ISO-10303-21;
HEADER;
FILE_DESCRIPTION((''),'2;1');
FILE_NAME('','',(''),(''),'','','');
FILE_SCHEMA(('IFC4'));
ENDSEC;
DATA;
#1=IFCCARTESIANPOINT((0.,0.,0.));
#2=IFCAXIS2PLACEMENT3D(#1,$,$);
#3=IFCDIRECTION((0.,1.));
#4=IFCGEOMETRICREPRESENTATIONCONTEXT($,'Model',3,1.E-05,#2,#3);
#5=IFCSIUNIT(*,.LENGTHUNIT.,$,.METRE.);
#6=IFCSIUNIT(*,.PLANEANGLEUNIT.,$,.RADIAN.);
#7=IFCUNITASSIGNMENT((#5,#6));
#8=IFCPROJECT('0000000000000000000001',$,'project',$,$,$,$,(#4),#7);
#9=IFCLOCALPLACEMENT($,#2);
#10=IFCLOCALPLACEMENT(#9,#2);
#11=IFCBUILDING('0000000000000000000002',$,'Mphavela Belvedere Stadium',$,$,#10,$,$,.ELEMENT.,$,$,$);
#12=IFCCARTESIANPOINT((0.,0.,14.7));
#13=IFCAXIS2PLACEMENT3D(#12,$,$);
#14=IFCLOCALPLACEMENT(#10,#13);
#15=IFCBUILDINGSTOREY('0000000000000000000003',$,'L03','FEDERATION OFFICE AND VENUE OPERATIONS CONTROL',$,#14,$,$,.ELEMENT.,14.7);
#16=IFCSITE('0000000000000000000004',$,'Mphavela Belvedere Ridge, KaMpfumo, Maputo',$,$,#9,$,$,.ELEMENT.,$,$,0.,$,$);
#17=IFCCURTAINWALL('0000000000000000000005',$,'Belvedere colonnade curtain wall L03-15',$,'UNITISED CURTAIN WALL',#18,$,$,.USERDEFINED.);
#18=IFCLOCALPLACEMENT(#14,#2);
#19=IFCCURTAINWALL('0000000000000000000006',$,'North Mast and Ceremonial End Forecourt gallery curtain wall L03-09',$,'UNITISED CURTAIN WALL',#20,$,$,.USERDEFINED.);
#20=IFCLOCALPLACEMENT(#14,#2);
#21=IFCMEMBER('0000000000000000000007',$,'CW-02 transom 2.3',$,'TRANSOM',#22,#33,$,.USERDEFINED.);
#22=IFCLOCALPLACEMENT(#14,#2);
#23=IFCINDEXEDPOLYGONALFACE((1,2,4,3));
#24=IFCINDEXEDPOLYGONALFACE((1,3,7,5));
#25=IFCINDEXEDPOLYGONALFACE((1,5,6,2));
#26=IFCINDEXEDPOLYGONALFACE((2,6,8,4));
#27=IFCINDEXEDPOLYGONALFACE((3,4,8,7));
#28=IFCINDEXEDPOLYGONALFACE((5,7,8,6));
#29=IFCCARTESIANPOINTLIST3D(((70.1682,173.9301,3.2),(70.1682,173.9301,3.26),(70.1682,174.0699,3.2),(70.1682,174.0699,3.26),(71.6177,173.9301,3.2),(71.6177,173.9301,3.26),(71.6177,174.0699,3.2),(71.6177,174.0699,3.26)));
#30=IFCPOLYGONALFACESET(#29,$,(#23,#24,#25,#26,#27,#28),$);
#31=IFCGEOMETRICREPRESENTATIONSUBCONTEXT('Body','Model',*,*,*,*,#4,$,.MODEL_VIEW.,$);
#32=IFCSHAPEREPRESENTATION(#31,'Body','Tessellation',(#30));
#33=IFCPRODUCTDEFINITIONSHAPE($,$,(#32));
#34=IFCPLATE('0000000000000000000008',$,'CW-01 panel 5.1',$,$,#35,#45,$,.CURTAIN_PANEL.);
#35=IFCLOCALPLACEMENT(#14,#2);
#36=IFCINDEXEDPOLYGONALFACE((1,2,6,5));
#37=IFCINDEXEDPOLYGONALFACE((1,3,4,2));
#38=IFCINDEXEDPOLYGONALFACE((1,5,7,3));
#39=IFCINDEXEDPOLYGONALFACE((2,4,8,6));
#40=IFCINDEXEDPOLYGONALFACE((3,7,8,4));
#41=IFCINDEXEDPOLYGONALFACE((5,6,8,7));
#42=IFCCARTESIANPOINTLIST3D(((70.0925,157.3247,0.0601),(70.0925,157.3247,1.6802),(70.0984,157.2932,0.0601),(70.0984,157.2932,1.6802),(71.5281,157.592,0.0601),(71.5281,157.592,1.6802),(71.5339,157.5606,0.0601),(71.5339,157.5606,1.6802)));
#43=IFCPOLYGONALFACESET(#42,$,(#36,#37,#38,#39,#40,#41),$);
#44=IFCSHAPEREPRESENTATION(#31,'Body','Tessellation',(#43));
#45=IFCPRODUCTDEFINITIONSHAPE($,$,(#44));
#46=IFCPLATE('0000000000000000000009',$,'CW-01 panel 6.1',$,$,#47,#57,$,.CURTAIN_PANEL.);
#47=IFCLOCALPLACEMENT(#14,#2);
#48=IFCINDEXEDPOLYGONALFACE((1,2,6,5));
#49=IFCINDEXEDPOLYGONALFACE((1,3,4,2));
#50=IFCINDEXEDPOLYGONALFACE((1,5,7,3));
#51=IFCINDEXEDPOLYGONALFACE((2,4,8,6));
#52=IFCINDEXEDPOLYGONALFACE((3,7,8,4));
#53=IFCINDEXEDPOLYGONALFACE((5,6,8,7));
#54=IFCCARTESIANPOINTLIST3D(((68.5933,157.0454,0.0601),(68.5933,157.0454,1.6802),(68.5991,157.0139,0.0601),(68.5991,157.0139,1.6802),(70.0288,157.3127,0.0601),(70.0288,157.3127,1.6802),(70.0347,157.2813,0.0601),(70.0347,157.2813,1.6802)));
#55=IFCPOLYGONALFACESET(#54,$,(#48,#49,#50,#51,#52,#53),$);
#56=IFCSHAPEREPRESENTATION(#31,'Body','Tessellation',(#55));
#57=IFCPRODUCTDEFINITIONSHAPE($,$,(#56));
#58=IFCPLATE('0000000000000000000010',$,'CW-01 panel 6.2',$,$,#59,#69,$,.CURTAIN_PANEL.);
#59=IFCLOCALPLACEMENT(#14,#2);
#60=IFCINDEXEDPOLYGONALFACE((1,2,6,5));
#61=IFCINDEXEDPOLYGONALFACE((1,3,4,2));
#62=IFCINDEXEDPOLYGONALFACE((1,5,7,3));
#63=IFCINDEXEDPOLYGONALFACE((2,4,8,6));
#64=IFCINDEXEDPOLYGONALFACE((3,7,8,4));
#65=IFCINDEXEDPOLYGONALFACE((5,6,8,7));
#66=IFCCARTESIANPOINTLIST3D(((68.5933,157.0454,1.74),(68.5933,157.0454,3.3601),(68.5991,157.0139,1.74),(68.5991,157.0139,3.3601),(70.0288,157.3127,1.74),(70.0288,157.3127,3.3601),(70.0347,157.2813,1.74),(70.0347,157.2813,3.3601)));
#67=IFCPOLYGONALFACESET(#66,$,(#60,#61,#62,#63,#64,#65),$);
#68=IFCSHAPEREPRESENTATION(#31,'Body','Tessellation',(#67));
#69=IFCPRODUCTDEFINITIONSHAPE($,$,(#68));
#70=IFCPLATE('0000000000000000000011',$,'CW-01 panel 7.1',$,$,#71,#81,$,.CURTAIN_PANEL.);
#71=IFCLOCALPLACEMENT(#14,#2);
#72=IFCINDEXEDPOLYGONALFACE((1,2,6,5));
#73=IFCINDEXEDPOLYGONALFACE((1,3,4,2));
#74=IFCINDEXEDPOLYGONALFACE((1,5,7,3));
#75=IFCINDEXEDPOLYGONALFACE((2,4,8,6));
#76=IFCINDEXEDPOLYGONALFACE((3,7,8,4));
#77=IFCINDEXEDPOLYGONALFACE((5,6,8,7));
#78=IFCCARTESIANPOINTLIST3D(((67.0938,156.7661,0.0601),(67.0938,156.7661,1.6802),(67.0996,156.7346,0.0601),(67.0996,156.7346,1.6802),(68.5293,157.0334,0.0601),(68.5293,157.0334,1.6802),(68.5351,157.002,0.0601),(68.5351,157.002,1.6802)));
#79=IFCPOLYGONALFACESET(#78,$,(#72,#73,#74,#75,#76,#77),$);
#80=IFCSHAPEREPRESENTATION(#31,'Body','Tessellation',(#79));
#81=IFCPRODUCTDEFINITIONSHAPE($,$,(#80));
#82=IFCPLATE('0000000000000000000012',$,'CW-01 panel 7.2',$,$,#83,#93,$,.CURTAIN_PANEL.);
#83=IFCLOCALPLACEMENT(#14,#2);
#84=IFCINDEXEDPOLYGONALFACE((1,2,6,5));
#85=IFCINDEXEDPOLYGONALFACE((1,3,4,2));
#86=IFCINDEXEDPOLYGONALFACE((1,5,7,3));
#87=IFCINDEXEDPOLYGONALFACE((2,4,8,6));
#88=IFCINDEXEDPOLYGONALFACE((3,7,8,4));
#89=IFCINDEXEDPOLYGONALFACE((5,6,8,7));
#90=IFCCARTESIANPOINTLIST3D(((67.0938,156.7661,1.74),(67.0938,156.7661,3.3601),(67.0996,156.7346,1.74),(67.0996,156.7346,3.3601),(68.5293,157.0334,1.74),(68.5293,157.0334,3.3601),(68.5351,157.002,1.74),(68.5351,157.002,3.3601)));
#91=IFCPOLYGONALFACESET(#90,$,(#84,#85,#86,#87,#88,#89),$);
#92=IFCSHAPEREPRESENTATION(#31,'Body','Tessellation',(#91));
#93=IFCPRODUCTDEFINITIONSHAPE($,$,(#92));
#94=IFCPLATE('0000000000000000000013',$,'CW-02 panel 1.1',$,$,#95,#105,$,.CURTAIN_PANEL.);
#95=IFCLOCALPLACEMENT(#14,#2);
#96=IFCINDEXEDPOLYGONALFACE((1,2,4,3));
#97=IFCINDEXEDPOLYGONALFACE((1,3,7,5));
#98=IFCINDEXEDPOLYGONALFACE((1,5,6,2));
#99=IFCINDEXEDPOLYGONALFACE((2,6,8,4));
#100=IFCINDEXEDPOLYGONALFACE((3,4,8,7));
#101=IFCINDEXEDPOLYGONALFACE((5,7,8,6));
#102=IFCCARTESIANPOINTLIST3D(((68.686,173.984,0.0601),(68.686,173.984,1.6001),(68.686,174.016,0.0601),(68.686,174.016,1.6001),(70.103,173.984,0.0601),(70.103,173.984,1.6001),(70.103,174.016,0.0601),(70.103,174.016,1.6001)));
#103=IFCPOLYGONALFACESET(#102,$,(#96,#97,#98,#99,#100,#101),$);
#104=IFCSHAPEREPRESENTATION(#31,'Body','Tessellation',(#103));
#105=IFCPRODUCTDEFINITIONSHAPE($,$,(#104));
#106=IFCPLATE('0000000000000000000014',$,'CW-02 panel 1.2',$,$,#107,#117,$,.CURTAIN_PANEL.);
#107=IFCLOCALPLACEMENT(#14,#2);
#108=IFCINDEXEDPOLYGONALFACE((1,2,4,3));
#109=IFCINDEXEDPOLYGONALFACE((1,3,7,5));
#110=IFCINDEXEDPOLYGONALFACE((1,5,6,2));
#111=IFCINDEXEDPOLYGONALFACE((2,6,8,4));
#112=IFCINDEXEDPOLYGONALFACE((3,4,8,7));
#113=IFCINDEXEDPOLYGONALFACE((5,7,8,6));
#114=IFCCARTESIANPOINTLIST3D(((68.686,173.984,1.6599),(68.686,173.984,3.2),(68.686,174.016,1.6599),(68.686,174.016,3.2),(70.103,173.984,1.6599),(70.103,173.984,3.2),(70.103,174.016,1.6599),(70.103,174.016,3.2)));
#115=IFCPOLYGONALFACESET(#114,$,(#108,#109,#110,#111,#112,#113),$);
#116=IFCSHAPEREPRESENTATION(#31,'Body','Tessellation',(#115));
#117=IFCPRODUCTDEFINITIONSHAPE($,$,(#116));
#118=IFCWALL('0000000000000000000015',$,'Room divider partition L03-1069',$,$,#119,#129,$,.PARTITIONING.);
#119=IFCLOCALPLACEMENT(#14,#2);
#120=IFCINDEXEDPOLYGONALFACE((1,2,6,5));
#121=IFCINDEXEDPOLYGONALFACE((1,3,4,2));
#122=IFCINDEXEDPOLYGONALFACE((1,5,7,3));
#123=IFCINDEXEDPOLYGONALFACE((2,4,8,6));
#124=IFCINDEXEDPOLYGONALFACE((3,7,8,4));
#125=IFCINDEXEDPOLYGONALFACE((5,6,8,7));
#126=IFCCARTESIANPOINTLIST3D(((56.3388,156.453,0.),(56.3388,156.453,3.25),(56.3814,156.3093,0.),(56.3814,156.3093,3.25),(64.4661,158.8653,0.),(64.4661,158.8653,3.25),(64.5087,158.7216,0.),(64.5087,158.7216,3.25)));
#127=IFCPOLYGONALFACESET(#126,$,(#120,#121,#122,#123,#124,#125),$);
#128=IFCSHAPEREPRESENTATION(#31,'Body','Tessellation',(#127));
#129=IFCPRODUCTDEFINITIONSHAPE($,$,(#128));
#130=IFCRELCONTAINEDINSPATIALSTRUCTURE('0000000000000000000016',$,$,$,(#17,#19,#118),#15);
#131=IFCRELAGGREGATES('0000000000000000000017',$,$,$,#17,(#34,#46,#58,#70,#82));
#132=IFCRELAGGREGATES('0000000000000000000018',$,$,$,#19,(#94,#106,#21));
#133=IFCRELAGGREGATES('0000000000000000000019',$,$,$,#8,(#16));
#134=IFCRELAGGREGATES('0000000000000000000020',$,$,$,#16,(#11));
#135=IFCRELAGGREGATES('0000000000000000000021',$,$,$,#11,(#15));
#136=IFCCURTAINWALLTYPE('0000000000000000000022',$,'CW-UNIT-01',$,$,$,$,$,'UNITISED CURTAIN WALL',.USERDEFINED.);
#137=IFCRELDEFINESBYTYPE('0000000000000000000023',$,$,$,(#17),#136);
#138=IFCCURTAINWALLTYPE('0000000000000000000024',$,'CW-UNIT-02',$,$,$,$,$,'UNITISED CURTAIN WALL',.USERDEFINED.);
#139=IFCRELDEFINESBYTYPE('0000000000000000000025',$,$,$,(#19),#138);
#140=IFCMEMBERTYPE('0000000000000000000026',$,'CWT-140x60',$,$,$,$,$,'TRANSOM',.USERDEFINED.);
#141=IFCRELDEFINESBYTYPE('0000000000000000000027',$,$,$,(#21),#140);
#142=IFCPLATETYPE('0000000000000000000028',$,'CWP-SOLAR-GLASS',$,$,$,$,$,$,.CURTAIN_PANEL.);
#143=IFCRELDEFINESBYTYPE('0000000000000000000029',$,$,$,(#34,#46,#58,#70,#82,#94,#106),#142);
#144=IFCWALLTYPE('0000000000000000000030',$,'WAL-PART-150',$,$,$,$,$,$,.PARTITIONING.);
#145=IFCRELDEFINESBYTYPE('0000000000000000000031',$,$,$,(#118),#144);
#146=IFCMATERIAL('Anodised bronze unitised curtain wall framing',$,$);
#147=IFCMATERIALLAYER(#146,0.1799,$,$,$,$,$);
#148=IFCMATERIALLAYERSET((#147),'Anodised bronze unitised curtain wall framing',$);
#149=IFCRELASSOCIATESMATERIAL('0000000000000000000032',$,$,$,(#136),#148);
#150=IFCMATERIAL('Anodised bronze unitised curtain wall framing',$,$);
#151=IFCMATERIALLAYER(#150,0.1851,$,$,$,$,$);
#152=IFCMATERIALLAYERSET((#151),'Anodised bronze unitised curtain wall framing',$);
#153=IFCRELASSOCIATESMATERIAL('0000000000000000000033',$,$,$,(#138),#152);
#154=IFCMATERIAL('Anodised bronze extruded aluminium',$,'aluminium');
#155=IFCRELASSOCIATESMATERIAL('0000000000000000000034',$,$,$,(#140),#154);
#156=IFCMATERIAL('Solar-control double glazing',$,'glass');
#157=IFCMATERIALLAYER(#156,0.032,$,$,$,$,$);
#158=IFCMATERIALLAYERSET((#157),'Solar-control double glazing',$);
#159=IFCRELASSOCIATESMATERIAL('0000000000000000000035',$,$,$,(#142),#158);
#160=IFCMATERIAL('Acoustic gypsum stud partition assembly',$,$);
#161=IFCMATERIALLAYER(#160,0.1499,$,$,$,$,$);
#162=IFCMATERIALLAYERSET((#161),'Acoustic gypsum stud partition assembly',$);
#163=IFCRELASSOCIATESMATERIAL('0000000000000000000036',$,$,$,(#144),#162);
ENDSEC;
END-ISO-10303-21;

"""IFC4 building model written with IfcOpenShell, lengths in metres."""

from ifc_helpers import new_model, si_unit, direction, frame, frame_2d, origin, origin_2d, place, context, subcontext, project, spatial, rectangle, extrude, material, layer, layer_set, material_profile, profile_set, type_object, element, aggregate, save


model = new_model("IFC4")

# Units and contexts
model_context = context("Model", 3, precision=1e-05, world=origin(), true_north=direction((0.0, 1.0)))
body_context = subcontext(model_context, "Body", "Model", "MODEL_VIEW")
ifc_project = project(units=[si_unit("LENGTHUNIT", "METRE"), si_unit("PLANEANGLEUNIT", "RADIAN")], contexts=[model_context])

# Site, building, storey
site_placement = place(None, origin())
site = spatial("IfcSite", under=ifc_project, at=site_placement, Name="Mphavela Belvedere Ridge, KaMpfumo, Maputo", CompositionType="ELEMENT", RefElevation=0.0)
building_placement = place(site_placement, origin())
building = spatial("IfcBuilding", under=site, at=building_placement, Name="Mphavela Belvedere Stadium", CompositionType="ELEMENT")
storey_placement = place(building_placement, frame((0.0, 0.0, 14.7)))
storey = spatial("IfcBuildingStorey", under=building, at=storey_placement, Name="L03", Description="FEDERATION OFFICE AND VENUE OPERATIONS CONTROL", CompositionType="ELEMENT", Elevation=14.7)

# Curtain walls
ifc_material_1 = material(Name="Anodised bronze unitised curtain wall framing")
ifc_layer_1 = layer(ifc_material_1, 0.1799)
ifc_layer_set_1 = layer_set([ifc_layer_1], Name="Anodised bronze unitised curtain wall framing")
curtain_wall_type_1 = type_object("IfcCurtainWallType", Name="CW-UNIT-01", ElementType="UNITISED CURTAIN WALL", PredefinedType="USERDEFINED", material=ifc_layer_set_1)
curtain_wall_1_placement = place(storey_placement, origin())
curtain_wall_1 = element("IfcCurtainWall", 1, at=curtain_wall_1_placement, inside=storey, type_object=curtain_wall_type_1, Name="Belvedere colonnade curtain wall L03-15", ObjectType="UNITISED CURTAIN WALL", PredefinedType="USERDEFINED")
ifc_material_2 = material(Name="Anodised bronze unitised curtain wall framing")
ifc_layer_2 = layer(ifc_material_2, 0.1851)
ifc_layer_set_2 = layer_set([ifc_layer_2], Name="Anodised bronze unitised curtain wall framing")
curtain_wall_type_2 = type_object("IfcCurtainWallType", Name="CW-UNIT-02", ElementType="UNITISED CURTAIN WALL", PredefinedType="USERDEFINED", material=ifc_layer_set_2)
curtain_wall_2_placement = place(storey_placement, origin())
curtain_wall_2 = element("IfcCurtainWall", 2, at=curtain_wall_2_placement, inside=storey, type_object=curtain_wall_type_2, Name="North Mast and Ceremonial End Forecourt gallery curtain wall L03-09", ObjectType="UNITISED CURTAIN WALL", PredefinedType="USERDEFINED")

# Member
ifc_material_3 = material(Name="Anodised bronze extruded aluminium", Category="aluminium")
ifc_material_profile_1 = material_profile(ifc_material_3, rectangle(XDim=0.1399, YDim=0.0601, at=origin_2d()), Name="CW-TRN 140x60")
ifc_profile_set_1 = profile_set([ifc_material_profile_1], Name="Anodised bronze extruded aluminium")
member_type_1 = type_object("IfcMemberType", Name="CWT-140x60", ElementType="TRANSOM", PredefinedType="USERDEFINED", material=ifc_profile_set_1)
member_1_placement = place(storey_placement, frame((70.1682, 174.0, 3.23), z_axis=(1.0, 0.0, 0.0), x_axis=(0.0, 1.0, 0.0)))
member_1 = element("IfcMember", 3, at=member_1_placement, type_object=member_type_1, Name="CW-02 transom 2.3", ObjectType="TRANSOM", PredefinedType="USERDEFINED", context=body_context, shape_type="SweptSolid", body=[
    extrude(rectangle(XDim=0.1399, YDim=0.0601, at=origin_2d()), origin(), (0.0, 0.0, 1.0), 1.4495),
])

# Plates
ifc_material_4 = material(Name="Solar-control double glazing", Category="glass")
ifc_layer_3 = layer(ifc_material_4, 0.032)
ifc_layer_set_3 = layer_set([ifc_layer_3], Name="Solar-control double glazing")
plate_type = type_object("IfcPlateType", Name="CWP-SOLAR-GLASS", PredefinedType="CURTAIN_PANEL", material=ifc_layer_set_3)
plate_1_placement = place(storey_placement, frame((70.8132, 157.4426, 0.0601), z_axis=(0.0, 0.0, 1.0), x_axis=(-0.983097, -0.183088, 0.0)))
plate_1 = element("IfcPlate", 4, at=plate_1_placement, type_object=plate_type, Name="CW-01 panel 5.1", PredefinedType="CURTAIN_PANEL", context=body_context, shape_type="SweptSolid", body=[
    extrude(rectangle(XDim=1.4602, YDim=0.032, at=origin_2d()), origin(), (0.0, 0.0, 1.0), 1.6201),
])
plate_2_placement = place(storey_placement, frame((69.314, 157.1633, 0.0601), z_axis=(0.0, 0.0, 1.0), x_axis=(-0.983097, -0.183088, 0.0)))
plate_2 = element("IfcPlate", 5, at=plate_2_placement, type_object=plate_type, Name="CW-01 panel 6.1", PredefinedType="CURTAIN_PANEL", context=body_context, shape_type="SweptSolid", body=[
    extrude(rectangle(XDim=1.4602, YDim=0.032, at=origin_2d()), origin(), (0.0, 0.0, 1.0), 1.6201),
])
plate_3_placement = place(storey_placement, frame((69.314, 157.1633, 1.74), z_axis=(0.0, 0.0, 1.0), x_axis=(-0.983097, -0.183088, 0.0)))
plate_3 = element("IfcPlate", 6, at=plate_3_placement, type_object=plate_type, Name="CW-01 panel 6.2", PredefinedType="CURTAIN_PANEL", context=body_context, shape_type="SweptSolid", body=[
    extrude(rectangle(XDim=1.4602, YDim=0.032, at=origin_2d()), origin(), (0.0, 0.0, 1.0), 1.6201),
])
plate_4_placement = place(storey_placement, frame((67.8145, 156.884, 0.0601), z_axis=(0.0, 0.0, 1.0), x_axis=(-0.983097, -0.183088, 0.0)))
plate_4 = element("IfcPlate", 7, at=plate_4_placement, type_object=plate_type, Name="CW-01 panel 7.1", PredefinedType="CURTAIN_PANEL", context=body_context, shape_type="SweptSolid", body=[
    extrude(rectangle(XDim=1.4602, YDim=0.032, at=origin_2d()), origin(), (0.0, 0.0, 1.0), 1.6201),
])
plate_5_placement = place(storey_placement, frame((67.8145, 156.884, 1.74), z_axis=(0.0, 0.0, 1.0), x_axis=(-0.983097, -0.183088, 0.0)))
plate_5 = element("IfcPlate", 8, at=plate_5_placement, type_object=plate_type, Name="CW-01 panel 7.2", PredefinedType="CURTAIN_PANEL", context=body_context, shape_type="SweptSolid", body=[
    extrude(rectangle(XDim=1.4602, YDim=0.032, at=origin_2d()), origin(), (0.0, 0.0, 1.0), 1.6201),
])
aggregate(curtain_wall_1, [plate_1, plate_2, plate_3, plate_4, plate_5])
plate_6_placement = place(storey_placement, frame((69.3945, 174.0, 0.0601), z_axis=(0.0, 0.0, 1.0), x_axis=(1.0, 0.0, 0.0)))
plate_6 = element("IfcPlate", 9, at=plate_6_placement, type_object=plate_type, Name="CW-02 panel 1.1", PredefinedType="CURTAIN_PANEL", context=body_context, shape_type="SweptSolid", body=[
    extrude(rectangle(XDim=1.417, YDim=0.032, at=origin_2d()), origin(), (0.0, 0.0, 1.0), 1.54),
])
plate_7_placement = place(storey_placement, frame((69.3945, 174.0, 1.6599), z_axis=(0.0, 0.0, 1.0), x_axis=(1.0, 0.0, 0.0)))
plate_7 = element("IfcPlate", 10, at=plate_7_placement, type_object=plate_type, Name="CW-02 panel 1.2", PredefinedType="CURTAIN_PANEL", context=body_context, shape_type="SweptSolid", body=[
    extrude(rectangle(XDim=1.417, YDim=0.032, at=origin_2d()), origin(), (0.0, 0.0, 1.0), 1.54),
])
aggregate(curtain_wall_2, [plate_6, plate_7, member_1])

# Wall
ifc_material_5 = material(Name="Acoustic gypsum stud partition assembly")
ifc_layer_4 = layer(ifc_material_5, 0.1499)
ifc_layer_set_4 = layer_set([ifc_layer_4], Name="Acoustic gypsum stud partition assembly")
wall_type = type_object("IfcWallType", Name="WAL-PART-150", PredefinedType="PARTITIONING", material=ifc_layer_set_4)
wall_placement = place(storey_placement, frame((64.4873, 158.7935, 0.0), z_axis=(0.0, 0.0, 1.0), x_axis=(-0.95866, -0.284554, 0.0)))
element("IfcWall", 11, at=wall_placement, inside=storey, type_object=wall_type, Name="Room divider partition L03-1069", PredefinedType="PARTITIONING", context=body_context, shape_type="SweptSolid", body=[
    extrude(rectangle(XDim=8.4778, YDim=0.1499, at=frame_2d((4.2388, 0.0))), origin(), (0.0, 0.0, 1.0), 3.25),
])

save(model, "model.ifc")
